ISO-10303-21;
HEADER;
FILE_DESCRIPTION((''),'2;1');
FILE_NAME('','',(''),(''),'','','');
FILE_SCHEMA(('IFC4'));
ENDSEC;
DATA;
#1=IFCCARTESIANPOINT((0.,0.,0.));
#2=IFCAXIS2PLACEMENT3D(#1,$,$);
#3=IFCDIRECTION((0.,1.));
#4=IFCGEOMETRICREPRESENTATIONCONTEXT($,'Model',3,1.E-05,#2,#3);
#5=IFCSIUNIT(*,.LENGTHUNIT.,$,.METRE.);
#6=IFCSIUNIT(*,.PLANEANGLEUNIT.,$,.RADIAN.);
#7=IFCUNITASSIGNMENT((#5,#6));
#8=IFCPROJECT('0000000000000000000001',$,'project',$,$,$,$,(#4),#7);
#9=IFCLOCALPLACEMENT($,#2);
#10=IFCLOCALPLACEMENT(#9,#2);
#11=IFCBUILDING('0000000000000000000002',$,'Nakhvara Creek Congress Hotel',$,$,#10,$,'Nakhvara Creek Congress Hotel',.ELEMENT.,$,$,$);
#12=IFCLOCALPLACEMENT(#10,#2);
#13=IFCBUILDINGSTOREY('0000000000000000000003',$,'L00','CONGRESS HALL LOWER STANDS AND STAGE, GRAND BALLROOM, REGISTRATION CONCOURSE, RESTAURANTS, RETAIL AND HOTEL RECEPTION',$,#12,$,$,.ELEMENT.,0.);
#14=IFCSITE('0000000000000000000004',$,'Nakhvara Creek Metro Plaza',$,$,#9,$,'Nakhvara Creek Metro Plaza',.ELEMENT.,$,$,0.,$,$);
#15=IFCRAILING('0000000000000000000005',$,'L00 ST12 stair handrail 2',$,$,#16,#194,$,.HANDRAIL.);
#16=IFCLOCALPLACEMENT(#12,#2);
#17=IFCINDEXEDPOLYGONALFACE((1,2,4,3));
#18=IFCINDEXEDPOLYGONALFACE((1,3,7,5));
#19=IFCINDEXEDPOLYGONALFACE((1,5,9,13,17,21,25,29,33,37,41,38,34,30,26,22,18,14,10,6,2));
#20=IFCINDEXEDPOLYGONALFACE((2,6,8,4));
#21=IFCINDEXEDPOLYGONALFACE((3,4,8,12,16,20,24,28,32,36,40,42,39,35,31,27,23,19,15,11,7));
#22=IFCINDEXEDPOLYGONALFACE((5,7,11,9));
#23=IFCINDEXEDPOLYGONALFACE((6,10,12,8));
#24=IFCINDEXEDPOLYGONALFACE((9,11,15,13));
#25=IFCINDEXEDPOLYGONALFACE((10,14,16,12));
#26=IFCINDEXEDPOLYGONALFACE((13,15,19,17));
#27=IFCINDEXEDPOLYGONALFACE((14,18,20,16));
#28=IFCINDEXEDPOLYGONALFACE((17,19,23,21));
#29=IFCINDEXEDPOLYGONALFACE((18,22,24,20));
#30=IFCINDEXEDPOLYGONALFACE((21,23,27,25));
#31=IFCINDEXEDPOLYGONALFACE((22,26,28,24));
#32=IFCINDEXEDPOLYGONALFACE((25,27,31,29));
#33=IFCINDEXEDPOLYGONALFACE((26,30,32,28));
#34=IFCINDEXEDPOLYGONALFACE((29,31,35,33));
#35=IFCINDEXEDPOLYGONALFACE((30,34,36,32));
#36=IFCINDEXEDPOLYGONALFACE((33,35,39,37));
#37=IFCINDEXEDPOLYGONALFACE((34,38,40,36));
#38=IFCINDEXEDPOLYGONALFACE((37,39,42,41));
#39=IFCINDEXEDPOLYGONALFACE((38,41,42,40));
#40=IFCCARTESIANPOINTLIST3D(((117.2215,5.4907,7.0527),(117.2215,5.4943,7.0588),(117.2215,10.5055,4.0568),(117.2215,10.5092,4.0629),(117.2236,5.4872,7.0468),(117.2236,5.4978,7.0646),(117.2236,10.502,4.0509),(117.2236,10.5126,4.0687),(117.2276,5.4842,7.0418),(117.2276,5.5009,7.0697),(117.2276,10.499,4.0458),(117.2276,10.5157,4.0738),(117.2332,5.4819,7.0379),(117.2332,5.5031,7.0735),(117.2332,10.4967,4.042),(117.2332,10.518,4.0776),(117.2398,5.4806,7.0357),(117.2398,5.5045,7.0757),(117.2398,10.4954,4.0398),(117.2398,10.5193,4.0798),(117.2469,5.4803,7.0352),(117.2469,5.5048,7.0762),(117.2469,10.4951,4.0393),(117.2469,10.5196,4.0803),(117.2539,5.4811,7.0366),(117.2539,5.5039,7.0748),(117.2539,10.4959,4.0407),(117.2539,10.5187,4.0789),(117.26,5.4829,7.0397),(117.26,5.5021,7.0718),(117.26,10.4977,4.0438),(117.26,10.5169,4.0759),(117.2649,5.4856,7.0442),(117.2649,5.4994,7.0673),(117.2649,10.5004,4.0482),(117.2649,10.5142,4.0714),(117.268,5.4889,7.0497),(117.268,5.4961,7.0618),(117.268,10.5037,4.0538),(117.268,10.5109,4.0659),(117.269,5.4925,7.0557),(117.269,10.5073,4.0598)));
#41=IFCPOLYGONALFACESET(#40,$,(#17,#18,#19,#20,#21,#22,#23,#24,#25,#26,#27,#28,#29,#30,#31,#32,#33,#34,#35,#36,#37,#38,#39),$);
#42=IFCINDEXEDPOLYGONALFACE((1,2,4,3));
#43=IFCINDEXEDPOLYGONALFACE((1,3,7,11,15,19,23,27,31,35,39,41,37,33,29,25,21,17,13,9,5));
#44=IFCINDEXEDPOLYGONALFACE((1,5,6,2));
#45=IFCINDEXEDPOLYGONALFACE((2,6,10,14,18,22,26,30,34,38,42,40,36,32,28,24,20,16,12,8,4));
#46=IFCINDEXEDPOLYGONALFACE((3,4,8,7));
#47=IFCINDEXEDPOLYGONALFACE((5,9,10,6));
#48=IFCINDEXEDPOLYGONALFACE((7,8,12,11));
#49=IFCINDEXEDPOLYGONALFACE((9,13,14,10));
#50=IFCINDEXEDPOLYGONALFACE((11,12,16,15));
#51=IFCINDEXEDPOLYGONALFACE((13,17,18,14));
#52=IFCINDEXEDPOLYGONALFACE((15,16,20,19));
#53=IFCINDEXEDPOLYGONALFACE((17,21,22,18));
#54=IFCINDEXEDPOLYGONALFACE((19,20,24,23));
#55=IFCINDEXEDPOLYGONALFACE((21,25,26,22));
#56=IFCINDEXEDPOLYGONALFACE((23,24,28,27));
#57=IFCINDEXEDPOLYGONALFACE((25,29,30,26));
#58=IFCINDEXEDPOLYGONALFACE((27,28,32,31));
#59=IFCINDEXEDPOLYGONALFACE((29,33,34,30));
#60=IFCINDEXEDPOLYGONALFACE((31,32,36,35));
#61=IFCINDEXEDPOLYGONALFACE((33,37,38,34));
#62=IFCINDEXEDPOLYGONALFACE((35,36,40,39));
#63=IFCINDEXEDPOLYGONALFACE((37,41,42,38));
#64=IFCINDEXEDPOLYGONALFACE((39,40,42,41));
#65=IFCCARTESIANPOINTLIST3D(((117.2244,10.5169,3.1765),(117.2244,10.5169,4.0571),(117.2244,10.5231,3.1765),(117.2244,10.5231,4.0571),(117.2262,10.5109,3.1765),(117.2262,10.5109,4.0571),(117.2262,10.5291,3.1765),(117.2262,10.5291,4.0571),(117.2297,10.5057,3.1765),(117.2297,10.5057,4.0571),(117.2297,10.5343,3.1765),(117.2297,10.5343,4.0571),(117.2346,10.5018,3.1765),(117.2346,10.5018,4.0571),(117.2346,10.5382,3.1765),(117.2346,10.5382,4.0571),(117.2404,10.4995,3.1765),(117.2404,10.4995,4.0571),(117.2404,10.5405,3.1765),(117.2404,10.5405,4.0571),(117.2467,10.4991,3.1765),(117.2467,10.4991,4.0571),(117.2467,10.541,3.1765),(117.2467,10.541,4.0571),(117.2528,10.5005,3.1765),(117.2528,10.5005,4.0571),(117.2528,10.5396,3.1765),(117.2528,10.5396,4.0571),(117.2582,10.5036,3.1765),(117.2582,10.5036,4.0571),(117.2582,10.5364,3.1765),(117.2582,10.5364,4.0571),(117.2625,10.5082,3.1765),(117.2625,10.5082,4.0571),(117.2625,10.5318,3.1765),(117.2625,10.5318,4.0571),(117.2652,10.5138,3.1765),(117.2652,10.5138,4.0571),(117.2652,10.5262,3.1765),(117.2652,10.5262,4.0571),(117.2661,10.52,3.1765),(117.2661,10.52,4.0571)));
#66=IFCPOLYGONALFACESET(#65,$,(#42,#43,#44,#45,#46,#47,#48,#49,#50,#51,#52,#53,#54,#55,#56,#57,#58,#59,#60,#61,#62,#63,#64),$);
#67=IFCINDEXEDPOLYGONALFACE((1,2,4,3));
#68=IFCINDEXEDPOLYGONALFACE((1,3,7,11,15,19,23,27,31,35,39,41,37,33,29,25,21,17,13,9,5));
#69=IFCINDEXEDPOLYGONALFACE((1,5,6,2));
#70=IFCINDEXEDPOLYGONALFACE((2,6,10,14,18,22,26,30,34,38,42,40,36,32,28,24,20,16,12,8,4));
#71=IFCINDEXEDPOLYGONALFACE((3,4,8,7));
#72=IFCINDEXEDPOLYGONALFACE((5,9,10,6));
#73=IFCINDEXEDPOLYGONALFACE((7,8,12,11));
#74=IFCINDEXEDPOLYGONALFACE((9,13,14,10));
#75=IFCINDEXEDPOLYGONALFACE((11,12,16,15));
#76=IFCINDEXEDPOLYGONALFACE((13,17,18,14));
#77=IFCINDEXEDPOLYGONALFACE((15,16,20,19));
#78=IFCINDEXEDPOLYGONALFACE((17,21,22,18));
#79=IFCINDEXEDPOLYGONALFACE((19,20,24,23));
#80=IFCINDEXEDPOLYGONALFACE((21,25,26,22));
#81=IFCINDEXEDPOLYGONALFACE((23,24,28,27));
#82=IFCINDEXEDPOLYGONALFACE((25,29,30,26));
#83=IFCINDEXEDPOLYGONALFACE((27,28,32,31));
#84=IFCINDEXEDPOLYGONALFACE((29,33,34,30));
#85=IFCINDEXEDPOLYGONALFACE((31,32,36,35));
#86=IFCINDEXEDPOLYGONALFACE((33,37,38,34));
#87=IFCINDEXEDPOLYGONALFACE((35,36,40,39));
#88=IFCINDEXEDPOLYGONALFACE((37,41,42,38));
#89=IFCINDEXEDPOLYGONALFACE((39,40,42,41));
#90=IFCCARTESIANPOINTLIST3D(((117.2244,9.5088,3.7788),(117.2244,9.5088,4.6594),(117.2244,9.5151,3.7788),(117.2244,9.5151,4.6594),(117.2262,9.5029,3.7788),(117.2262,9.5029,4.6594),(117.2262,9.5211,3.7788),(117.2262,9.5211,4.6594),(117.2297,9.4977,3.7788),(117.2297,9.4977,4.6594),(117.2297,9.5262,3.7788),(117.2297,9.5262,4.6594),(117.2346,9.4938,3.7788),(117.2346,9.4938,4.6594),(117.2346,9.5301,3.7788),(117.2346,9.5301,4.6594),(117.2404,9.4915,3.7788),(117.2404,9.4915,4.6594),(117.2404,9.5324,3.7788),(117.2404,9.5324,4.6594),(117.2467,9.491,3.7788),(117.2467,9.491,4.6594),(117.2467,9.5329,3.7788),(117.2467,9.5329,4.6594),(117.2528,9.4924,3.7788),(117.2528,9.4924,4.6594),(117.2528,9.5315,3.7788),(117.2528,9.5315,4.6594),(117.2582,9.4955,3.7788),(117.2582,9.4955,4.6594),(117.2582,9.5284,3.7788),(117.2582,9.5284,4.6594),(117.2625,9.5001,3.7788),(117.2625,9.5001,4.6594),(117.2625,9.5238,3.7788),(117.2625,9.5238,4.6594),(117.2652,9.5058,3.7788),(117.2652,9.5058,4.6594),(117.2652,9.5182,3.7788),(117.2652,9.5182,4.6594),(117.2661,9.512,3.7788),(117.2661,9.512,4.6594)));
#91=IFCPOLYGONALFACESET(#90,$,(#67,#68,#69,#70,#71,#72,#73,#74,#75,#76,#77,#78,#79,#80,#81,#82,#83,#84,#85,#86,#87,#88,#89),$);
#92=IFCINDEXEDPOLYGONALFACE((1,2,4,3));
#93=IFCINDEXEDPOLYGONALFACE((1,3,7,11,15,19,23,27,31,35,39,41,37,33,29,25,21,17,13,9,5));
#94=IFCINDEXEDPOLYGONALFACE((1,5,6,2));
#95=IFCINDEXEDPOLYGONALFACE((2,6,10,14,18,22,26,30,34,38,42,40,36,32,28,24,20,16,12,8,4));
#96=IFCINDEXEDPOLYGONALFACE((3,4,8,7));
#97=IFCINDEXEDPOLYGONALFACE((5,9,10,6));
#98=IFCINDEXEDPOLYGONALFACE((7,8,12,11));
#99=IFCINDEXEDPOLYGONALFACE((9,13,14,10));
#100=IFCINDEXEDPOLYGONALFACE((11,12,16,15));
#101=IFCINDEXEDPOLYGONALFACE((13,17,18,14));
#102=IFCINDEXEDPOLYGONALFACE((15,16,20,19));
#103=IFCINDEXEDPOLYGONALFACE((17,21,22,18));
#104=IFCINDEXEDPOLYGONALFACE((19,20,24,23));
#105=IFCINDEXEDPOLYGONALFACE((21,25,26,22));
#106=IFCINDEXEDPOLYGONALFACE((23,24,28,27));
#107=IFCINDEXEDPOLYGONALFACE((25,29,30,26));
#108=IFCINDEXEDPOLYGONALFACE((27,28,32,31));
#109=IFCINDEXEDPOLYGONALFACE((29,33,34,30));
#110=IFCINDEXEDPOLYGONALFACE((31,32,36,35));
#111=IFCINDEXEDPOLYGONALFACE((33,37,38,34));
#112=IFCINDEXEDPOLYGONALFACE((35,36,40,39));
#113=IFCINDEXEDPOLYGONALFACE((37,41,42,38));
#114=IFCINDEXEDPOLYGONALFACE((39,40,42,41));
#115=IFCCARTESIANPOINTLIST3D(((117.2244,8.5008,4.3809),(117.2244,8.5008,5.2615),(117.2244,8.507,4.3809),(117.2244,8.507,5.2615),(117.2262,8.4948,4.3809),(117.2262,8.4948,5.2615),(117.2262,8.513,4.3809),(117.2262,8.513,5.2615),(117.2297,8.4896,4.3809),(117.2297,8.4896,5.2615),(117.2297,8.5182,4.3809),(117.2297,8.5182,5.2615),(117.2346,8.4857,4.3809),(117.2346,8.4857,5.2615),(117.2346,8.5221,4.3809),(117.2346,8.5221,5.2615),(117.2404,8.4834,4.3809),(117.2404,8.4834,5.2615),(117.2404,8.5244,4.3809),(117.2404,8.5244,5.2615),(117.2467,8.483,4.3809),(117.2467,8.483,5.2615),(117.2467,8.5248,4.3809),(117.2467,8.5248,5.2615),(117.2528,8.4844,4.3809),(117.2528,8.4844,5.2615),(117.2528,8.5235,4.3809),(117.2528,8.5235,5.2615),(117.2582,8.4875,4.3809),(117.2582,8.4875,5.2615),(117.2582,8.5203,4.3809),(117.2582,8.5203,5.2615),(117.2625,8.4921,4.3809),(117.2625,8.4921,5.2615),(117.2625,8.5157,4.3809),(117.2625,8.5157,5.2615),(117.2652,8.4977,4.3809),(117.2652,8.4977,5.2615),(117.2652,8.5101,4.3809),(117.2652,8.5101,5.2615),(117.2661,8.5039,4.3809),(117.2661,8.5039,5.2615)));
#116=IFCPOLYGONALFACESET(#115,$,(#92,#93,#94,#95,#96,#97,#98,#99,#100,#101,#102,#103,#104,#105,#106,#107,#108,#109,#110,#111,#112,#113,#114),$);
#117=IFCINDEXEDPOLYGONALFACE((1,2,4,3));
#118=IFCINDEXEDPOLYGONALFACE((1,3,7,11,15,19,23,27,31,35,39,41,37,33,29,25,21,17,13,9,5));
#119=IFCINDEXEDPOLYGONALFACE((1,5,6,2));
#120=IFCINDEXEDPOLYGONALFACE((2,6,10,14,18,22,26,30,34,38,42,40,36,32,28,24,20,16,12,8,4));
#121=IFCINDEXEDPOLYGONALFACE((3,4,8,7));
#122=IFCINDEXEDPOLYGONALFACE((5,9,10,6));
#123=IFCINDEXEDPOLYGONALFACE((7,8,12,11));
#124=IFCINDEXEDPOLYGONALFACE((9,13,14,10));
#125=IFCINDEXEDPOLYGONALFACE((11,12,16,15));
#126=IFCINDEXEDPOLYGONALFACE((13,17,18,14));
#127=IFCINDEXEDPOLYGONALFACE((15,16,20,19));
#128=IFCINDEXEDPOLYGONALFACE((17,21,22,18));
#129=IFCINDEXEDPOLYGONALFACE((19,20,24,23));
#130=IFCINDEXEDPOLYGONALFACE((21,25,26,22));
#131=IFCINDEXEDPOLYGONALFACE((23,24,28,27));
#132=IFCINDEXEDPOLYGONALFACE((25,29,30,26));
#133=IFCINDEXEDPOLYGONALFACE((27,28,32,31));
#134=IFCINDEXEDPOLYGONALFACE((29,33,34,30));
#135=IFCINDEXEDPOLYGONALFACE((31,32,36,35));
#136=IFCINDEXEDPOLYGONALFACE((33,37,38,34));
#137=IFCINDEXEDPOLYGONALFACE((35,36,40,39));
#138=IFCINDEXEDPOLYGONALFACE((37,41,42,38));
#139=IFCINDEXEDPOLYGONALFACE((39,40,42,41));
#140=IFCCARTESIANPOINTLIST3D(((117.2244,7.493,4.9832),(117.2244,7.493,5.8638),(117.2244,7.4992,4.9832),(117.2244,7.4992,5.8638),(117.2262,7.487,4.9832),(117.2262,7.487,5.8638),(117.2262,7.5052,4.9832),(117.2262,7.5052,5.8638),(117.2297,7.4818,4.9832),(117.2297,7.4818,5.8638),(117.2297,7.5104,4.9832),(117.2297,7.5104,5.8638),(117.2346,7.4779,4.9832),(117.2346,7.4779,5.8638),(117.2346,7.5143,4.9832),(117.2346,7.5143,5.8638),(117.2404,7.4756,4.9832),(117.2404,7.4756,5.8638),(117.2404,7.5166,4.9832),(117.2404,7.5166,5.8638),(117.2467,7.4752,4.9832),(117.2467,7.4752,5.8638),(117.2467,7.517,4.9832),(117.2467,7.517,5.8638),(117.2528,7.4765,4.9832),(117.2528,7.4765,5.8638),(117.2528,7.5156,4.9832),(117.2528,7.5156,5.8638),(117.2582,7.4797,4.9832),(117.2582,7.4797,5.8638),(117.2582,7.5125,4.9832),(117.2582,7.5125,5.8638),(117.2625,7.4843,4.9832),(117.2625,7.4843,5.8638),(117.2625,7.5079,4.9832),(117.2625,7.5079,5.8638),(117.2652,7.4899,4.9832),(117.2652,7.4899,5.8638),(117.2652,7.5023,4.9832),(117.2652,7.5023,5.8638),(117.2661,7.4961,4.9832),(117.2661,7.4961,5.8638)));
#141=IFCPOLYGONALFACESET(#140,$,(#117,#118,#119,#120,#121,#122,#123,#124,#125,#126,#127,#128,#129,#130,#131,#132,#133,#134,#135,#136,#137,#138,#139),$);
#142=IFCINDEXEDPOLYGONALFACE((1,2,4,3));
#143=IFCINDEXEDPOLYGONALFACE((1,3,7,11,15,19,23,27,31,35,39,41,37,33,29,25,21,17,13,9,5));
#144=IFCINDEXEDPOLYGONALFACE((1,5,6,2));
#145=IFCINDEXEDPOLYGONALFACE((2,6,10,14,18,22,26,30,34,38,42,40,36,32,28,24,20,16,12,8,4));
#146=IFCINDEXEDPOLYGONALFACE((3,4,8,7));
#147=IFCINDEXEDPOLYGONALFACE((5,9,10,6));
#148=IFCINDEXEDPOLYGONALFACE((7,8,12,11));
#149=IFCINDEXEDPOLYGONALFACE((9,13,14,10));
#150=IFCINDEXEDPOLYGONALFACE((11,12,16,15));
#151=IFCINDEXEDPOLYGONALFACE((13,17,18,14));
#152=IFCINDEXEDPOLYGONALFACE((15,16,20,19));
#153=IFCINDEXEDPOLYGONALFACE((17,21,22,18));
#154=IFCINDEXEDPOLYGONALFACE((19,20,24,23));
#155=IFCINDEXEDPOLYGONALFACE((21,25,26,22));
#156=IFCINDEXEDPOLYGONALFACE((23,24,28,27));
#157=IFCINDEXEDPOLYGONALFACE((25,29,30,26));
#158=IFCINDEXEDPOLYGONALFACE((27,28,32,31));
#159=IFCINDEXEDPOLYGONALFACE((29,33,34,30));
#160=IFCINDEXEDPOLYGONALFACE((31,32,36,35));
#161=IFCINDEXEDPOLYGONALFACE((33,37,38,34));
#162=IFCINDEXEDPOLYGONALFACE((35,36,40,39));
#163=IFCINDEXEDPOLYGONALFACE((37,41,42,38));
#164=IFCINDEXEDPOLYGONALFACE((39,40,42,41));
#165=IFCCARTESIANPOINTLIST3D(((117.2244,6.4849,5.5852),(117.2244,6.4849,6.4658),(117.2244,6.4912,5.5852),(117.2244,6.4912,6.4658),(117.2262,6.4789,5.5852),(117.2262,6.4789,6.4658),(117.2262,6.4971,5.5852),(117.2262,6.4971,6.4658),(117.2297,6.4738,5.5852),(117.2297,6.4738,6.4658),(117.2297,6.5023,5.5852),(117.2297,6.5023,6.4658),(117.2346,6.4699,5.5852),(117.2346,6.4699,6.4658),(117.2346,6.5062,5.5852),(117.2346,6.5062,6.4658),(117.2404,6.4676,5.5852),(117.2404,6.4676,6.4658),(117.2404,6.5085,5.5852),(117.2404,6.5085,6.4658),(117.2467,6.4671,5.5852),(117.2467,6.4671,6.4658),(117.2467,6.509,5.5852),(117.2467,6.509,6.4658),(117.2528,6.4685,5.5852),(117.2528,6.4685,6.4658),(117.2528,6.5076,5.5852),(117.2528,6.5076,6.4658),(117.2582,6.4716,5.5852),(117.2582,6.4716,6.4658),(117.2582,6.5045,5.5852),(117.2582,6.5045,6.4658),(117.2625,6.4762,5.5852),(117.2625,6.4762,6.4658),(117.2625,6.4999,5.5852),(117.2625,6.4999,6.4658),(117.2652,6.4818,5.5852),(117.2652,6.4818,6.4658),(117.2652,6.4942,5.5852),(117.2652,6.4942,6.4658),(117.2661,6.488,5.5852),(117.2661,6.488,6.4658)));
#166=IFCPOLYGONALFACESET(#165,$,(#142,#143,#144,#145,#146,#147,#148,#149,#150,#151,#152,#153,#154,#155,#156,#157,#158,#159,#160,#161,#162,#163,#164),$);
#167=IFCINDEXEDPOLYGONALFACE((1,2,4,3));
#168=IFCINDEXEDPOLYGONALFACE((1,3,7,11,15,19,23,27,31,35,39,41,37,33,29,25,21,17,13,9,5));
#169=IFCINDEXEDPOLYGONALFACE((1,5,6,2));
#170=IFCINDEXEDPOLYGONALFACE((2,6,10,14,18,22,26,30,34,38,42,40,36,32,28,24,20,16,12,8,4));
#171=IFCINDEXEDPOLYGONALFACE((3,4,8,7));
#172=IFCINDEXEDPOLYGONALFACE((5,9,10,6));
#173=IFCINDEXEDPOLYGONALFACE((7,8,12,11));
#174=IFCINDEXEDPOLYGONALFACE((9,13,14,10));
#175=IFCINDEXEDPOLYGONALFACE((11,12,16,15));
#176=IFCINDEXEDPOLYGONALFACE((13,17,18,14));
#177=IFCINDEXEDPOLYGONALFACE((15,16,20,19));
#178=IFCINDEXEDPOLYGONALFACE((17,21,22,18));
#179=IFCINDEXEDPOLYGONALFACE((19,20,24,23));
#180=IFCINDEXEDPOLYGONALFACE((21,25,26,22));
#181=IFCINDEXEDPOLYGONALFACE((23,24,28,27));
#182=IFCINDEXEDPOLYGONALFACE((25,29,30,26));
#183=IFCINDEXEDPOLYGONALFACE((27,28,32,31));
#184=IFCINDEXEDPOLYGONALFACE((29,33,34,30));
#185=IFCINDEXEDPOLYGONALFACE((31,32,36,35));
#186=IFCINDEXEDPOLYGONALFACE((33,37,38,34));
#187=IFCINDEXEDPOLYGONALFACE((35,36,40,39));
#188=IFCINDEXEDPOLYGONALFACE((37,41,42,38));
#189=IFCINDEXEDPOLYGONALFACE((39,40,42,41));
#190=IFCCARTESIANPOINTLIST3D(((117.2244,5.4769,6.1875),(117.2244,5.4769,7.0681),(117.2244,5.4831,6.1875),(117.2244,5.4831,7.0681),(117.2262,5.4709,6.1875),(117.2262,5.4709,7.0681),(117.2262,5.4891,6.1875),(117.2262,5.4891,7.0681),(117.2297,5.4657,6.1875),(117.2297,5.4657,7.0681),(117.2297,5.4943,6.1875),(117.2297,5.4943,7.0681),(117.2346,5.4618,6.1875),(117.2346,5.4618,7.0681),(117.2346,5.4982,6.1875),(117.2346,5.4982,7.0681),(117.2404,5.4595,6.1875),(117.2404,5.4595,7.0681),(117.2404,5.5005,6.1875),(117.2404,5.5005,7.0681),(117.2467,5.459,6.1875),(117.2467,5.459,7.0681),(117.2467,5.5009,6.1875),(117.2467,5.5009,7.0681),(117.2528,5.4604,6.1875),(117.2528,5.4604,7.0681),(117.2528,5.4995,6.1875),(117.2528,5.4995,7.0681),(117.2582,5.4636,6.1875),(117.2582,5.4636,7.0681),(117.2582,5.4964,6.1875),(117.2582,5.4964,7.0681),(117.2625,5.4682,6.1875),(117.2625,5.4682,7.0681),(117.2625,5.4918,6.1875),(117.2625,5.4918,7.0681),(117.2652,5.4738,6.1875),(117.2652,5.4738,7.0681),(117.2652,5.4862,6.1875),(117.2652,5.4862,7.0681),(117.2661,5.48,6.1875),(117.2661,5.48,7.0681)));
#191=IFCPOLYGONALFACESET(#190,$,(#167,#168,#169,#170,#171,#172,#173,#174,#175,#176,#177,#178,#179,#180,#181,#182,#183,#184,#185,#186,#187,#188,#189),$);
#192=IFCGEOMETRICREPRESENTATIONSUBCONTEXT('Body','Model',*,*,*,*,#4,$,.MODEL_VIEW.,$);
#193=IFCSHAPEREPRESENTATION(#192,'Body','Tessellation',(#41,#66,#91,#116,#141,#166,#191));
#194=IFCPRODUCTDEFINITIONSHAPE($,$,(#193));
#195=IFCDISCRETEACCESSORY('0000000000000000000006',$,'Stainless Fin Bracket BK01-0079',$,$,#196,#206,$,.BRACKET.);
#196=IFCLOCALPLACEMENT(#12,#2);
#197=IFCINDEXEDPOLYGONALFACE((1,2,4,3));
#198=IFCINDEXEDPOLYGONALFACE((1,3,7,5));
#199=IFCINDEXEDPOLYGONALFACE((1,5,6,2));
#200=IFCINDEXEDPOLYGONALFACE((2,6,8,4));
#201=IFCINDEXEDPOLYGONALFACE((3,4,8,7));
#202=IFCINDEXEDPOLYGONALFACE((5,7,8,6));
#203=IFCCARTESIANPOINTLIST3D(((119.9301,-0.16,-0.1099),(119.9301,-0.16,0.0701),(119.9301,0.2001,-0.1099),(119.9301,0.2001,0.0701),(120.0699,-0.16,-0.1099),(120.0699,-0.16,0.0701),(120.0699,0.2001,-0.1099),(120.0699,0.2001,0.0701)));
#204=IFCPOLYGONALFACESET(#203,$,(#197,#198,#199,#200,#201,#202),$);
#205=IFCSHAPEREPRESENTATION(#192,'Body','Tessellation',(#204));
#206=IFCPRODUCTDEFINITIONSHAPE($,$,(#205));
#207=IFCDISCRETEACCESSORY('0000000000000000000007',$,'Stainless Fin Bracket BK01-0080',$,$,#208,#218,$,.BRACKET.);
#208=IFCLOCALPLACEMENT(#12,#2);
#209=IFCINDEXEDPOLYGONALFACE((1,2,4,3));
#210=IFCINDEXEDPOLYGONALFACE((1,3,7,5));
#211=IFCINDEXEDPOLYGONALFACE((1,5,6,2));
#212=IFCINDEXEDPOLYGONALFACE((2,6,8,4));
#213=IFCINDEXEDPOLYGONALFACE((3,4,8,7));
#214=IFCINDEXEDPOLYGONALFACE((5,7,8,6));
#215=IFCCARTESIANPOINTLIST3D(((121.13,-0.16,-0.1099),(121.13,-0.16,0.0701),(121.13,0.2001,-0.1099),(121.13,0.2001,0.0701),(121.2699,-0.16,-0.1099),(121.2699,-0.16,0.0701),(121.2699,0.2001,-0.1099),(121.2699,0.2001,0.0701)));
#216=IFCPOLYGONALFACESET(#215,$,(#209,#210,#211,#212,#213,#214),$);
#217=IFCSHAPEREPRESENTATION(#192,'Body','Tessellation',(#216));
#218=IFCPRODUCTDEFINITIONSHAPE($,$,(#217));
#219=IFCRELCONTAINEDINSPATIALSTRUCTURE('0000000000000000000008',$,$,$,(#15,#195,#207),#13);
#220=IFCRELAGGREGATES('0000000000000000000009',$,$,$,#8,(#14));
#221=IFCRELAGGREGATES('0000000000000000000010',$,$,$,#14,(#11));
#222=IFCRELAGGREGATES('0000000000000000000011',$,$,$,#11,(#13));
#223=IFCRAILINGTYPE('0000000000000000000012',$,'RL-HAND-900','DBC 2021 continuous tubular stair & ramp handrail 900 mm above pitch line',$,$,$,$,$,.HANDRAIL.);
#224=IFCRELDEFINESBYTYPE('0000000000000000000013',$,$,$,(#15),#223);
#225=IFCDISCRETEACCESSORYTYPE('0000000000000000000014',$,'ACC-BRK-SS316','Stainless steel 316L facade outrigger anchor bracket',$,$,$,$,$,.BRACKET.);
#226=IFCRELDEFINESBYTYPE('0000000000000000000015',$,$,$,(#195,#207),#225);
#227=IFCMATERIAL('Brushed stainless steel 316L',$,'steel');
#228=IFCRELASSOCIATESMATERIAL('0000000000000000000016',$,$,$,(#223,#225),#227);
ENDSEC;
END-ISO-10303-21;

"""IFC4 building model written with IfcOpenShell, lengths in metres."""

from ifc_helpers import new_model, si_unit, direction, frame, origin, origin_2d, place, context, subcontext, project, spatial, rectangle, circle, extrude, material, type_object, element, save


model = new_model("IFC4")

# Units and contexts
model_context = context("Model", 3, precision=1e-05, world=origin(), true_north=direction((0.0, 1.0)))
body_context = subcontext(model_context, "Body", "Model", "MODEL_VIEW")
ifc_project = project(units=[si_unit("LENGTHUNIT", "METRE"), si_unit("PLANEANGLEUNIT", "RADIAN")], contexts=[model_context])

# Site, building, storey
site_placement = place(None, origin())
site = spatial("IfcSite", under=ifc_project, at=site_placement, Name="Nakhvara Creek Metro Plaza", LongName="Nakhvara Creek Metro Plaza", CompositionType="ELEMENT", RefElevation=0.0)
building_placement = place(site_placement, origin())
building = spatial("IfcBuilding", under=site, at=building_placement, Name="Nakhvara Creek Congress Hotel", LongName="Nakhvara Creek Congress Hotel", CompositionType="ELEMENT")
storey_placement = place(building_placement, origin())
storey = spatial("IfcBuildingStorey", under=building, at=storey_placement, Name="L00", Description="CONGRESS HALL LOWER STANDS AND STAGE, GRAND BALLROOM, REGISTRATION CONCOURSE, RESTAURANTS, RETAIL AND HOTEL RECEPTION", CompositionType="ELEMENT", Elevation=0.0)

# Railing
ifc_material_1 = material(Name="Brushed stainless steel 316L", Category="steel")
railing_type_1 = type_object("IfcRailingType", Name="RL-HAND-900", Description="DBC 2021 continuous tubular stair & ramp handrail 900 mm above pitch line", PredefinedType="HANDRAIL", material=ifc_material_1)
railing_1_placement = place(storey_placement, frame((117.2451, 10.52, 3.1765)))
element("IfcRailing", 1, at=railing_1_placement, inside=storey, type_object=railing_type_1, Name="L00 ST12 stair handrail 2", PredefinedType="HANDRAIL", context=body_context, shape_type="SweptSolid", body=[
    extrude(circle(Radius=0.0239, at=origin_2d()), frame((0.0, -0.0127, 0.8833), z_axis=(0.0, -0.858471, 0.512862), x_axis=(1.0, 0.0, 0.0)), (0.0, 0.0, 1.0), 5.8416),
    extrude(circle(Radius=0.021, at=origin_2d()), origin(), (0.0, 0.0, 1.0), 0.8806),
    extrude(circle(Radius=0.021, at=origin_2d()), frame((0.0, -1.0081, 0.6023)), (0.0, 0.0, 1.0), 0.8806),
    extrude(circle(Radius=0.021, at=origin_2d()), frame((0.0, -2.0161, 1.2043)), (0.0, 0.0, 1.0), 0.8806),
    extrude(circle(Radius=0.021, at=origin_2d()), frame((0.0, -3.0239, 1.8066)), (0.0, 0.0, 1.0), 0.8806),
    extrude(circle(Radius=0.021, at=origin_2d()), frame((0.0, -4.032, 2.4087)), (0.0, 0.0, 1.0), 0.8806),
    extrude(circle(Radius=0.021, at=origin_2d()), frame((0.0, -5.04, 3.011)), (0.0, 0.0, 1.0), 0.8806),
])

# Discrete accessories
discrete_accessory_type = type_object("IfcDiscreteAccessoryType", Name="ACC-BRK-SS316", Description="Stainless steel 316L facade outrigger anchor bracket", PredefinedType="BRACKET", material=ifc_material_1)
for number, where, z_axis, x_axis, name in (
    (2, (120.0, 0.02, -0.1099), (0.0, 0.0, 1.0), (1.0, 0.0, 0.0), "Stainless Fin Bracket BK01-0079"),
    (3, (121.2, 0.02, -0.1099), (0.0, 0.0, 1.0), (1.0, 0.0, 0.0), "Stainless Fin Bracket BK01-0080"),
):
    element("IfcDiscreteAccessory", number, at=place(storey_placement, frame(where, z_axis=z_axis, x_axis=x_axis)), inside=storey, type_object=discrete_accessory_type, Name=name, PredefinedType="BRACKET", context=body_context, shape_type="SweptSolid", body=[
        extrude(rectangle(XDim=0.1399, YDim=0.3601, at=origin_2d()), origin(), (0.0, 0.0, 1.0), 0.1799),
    ])

save(model, "model.ifc")
